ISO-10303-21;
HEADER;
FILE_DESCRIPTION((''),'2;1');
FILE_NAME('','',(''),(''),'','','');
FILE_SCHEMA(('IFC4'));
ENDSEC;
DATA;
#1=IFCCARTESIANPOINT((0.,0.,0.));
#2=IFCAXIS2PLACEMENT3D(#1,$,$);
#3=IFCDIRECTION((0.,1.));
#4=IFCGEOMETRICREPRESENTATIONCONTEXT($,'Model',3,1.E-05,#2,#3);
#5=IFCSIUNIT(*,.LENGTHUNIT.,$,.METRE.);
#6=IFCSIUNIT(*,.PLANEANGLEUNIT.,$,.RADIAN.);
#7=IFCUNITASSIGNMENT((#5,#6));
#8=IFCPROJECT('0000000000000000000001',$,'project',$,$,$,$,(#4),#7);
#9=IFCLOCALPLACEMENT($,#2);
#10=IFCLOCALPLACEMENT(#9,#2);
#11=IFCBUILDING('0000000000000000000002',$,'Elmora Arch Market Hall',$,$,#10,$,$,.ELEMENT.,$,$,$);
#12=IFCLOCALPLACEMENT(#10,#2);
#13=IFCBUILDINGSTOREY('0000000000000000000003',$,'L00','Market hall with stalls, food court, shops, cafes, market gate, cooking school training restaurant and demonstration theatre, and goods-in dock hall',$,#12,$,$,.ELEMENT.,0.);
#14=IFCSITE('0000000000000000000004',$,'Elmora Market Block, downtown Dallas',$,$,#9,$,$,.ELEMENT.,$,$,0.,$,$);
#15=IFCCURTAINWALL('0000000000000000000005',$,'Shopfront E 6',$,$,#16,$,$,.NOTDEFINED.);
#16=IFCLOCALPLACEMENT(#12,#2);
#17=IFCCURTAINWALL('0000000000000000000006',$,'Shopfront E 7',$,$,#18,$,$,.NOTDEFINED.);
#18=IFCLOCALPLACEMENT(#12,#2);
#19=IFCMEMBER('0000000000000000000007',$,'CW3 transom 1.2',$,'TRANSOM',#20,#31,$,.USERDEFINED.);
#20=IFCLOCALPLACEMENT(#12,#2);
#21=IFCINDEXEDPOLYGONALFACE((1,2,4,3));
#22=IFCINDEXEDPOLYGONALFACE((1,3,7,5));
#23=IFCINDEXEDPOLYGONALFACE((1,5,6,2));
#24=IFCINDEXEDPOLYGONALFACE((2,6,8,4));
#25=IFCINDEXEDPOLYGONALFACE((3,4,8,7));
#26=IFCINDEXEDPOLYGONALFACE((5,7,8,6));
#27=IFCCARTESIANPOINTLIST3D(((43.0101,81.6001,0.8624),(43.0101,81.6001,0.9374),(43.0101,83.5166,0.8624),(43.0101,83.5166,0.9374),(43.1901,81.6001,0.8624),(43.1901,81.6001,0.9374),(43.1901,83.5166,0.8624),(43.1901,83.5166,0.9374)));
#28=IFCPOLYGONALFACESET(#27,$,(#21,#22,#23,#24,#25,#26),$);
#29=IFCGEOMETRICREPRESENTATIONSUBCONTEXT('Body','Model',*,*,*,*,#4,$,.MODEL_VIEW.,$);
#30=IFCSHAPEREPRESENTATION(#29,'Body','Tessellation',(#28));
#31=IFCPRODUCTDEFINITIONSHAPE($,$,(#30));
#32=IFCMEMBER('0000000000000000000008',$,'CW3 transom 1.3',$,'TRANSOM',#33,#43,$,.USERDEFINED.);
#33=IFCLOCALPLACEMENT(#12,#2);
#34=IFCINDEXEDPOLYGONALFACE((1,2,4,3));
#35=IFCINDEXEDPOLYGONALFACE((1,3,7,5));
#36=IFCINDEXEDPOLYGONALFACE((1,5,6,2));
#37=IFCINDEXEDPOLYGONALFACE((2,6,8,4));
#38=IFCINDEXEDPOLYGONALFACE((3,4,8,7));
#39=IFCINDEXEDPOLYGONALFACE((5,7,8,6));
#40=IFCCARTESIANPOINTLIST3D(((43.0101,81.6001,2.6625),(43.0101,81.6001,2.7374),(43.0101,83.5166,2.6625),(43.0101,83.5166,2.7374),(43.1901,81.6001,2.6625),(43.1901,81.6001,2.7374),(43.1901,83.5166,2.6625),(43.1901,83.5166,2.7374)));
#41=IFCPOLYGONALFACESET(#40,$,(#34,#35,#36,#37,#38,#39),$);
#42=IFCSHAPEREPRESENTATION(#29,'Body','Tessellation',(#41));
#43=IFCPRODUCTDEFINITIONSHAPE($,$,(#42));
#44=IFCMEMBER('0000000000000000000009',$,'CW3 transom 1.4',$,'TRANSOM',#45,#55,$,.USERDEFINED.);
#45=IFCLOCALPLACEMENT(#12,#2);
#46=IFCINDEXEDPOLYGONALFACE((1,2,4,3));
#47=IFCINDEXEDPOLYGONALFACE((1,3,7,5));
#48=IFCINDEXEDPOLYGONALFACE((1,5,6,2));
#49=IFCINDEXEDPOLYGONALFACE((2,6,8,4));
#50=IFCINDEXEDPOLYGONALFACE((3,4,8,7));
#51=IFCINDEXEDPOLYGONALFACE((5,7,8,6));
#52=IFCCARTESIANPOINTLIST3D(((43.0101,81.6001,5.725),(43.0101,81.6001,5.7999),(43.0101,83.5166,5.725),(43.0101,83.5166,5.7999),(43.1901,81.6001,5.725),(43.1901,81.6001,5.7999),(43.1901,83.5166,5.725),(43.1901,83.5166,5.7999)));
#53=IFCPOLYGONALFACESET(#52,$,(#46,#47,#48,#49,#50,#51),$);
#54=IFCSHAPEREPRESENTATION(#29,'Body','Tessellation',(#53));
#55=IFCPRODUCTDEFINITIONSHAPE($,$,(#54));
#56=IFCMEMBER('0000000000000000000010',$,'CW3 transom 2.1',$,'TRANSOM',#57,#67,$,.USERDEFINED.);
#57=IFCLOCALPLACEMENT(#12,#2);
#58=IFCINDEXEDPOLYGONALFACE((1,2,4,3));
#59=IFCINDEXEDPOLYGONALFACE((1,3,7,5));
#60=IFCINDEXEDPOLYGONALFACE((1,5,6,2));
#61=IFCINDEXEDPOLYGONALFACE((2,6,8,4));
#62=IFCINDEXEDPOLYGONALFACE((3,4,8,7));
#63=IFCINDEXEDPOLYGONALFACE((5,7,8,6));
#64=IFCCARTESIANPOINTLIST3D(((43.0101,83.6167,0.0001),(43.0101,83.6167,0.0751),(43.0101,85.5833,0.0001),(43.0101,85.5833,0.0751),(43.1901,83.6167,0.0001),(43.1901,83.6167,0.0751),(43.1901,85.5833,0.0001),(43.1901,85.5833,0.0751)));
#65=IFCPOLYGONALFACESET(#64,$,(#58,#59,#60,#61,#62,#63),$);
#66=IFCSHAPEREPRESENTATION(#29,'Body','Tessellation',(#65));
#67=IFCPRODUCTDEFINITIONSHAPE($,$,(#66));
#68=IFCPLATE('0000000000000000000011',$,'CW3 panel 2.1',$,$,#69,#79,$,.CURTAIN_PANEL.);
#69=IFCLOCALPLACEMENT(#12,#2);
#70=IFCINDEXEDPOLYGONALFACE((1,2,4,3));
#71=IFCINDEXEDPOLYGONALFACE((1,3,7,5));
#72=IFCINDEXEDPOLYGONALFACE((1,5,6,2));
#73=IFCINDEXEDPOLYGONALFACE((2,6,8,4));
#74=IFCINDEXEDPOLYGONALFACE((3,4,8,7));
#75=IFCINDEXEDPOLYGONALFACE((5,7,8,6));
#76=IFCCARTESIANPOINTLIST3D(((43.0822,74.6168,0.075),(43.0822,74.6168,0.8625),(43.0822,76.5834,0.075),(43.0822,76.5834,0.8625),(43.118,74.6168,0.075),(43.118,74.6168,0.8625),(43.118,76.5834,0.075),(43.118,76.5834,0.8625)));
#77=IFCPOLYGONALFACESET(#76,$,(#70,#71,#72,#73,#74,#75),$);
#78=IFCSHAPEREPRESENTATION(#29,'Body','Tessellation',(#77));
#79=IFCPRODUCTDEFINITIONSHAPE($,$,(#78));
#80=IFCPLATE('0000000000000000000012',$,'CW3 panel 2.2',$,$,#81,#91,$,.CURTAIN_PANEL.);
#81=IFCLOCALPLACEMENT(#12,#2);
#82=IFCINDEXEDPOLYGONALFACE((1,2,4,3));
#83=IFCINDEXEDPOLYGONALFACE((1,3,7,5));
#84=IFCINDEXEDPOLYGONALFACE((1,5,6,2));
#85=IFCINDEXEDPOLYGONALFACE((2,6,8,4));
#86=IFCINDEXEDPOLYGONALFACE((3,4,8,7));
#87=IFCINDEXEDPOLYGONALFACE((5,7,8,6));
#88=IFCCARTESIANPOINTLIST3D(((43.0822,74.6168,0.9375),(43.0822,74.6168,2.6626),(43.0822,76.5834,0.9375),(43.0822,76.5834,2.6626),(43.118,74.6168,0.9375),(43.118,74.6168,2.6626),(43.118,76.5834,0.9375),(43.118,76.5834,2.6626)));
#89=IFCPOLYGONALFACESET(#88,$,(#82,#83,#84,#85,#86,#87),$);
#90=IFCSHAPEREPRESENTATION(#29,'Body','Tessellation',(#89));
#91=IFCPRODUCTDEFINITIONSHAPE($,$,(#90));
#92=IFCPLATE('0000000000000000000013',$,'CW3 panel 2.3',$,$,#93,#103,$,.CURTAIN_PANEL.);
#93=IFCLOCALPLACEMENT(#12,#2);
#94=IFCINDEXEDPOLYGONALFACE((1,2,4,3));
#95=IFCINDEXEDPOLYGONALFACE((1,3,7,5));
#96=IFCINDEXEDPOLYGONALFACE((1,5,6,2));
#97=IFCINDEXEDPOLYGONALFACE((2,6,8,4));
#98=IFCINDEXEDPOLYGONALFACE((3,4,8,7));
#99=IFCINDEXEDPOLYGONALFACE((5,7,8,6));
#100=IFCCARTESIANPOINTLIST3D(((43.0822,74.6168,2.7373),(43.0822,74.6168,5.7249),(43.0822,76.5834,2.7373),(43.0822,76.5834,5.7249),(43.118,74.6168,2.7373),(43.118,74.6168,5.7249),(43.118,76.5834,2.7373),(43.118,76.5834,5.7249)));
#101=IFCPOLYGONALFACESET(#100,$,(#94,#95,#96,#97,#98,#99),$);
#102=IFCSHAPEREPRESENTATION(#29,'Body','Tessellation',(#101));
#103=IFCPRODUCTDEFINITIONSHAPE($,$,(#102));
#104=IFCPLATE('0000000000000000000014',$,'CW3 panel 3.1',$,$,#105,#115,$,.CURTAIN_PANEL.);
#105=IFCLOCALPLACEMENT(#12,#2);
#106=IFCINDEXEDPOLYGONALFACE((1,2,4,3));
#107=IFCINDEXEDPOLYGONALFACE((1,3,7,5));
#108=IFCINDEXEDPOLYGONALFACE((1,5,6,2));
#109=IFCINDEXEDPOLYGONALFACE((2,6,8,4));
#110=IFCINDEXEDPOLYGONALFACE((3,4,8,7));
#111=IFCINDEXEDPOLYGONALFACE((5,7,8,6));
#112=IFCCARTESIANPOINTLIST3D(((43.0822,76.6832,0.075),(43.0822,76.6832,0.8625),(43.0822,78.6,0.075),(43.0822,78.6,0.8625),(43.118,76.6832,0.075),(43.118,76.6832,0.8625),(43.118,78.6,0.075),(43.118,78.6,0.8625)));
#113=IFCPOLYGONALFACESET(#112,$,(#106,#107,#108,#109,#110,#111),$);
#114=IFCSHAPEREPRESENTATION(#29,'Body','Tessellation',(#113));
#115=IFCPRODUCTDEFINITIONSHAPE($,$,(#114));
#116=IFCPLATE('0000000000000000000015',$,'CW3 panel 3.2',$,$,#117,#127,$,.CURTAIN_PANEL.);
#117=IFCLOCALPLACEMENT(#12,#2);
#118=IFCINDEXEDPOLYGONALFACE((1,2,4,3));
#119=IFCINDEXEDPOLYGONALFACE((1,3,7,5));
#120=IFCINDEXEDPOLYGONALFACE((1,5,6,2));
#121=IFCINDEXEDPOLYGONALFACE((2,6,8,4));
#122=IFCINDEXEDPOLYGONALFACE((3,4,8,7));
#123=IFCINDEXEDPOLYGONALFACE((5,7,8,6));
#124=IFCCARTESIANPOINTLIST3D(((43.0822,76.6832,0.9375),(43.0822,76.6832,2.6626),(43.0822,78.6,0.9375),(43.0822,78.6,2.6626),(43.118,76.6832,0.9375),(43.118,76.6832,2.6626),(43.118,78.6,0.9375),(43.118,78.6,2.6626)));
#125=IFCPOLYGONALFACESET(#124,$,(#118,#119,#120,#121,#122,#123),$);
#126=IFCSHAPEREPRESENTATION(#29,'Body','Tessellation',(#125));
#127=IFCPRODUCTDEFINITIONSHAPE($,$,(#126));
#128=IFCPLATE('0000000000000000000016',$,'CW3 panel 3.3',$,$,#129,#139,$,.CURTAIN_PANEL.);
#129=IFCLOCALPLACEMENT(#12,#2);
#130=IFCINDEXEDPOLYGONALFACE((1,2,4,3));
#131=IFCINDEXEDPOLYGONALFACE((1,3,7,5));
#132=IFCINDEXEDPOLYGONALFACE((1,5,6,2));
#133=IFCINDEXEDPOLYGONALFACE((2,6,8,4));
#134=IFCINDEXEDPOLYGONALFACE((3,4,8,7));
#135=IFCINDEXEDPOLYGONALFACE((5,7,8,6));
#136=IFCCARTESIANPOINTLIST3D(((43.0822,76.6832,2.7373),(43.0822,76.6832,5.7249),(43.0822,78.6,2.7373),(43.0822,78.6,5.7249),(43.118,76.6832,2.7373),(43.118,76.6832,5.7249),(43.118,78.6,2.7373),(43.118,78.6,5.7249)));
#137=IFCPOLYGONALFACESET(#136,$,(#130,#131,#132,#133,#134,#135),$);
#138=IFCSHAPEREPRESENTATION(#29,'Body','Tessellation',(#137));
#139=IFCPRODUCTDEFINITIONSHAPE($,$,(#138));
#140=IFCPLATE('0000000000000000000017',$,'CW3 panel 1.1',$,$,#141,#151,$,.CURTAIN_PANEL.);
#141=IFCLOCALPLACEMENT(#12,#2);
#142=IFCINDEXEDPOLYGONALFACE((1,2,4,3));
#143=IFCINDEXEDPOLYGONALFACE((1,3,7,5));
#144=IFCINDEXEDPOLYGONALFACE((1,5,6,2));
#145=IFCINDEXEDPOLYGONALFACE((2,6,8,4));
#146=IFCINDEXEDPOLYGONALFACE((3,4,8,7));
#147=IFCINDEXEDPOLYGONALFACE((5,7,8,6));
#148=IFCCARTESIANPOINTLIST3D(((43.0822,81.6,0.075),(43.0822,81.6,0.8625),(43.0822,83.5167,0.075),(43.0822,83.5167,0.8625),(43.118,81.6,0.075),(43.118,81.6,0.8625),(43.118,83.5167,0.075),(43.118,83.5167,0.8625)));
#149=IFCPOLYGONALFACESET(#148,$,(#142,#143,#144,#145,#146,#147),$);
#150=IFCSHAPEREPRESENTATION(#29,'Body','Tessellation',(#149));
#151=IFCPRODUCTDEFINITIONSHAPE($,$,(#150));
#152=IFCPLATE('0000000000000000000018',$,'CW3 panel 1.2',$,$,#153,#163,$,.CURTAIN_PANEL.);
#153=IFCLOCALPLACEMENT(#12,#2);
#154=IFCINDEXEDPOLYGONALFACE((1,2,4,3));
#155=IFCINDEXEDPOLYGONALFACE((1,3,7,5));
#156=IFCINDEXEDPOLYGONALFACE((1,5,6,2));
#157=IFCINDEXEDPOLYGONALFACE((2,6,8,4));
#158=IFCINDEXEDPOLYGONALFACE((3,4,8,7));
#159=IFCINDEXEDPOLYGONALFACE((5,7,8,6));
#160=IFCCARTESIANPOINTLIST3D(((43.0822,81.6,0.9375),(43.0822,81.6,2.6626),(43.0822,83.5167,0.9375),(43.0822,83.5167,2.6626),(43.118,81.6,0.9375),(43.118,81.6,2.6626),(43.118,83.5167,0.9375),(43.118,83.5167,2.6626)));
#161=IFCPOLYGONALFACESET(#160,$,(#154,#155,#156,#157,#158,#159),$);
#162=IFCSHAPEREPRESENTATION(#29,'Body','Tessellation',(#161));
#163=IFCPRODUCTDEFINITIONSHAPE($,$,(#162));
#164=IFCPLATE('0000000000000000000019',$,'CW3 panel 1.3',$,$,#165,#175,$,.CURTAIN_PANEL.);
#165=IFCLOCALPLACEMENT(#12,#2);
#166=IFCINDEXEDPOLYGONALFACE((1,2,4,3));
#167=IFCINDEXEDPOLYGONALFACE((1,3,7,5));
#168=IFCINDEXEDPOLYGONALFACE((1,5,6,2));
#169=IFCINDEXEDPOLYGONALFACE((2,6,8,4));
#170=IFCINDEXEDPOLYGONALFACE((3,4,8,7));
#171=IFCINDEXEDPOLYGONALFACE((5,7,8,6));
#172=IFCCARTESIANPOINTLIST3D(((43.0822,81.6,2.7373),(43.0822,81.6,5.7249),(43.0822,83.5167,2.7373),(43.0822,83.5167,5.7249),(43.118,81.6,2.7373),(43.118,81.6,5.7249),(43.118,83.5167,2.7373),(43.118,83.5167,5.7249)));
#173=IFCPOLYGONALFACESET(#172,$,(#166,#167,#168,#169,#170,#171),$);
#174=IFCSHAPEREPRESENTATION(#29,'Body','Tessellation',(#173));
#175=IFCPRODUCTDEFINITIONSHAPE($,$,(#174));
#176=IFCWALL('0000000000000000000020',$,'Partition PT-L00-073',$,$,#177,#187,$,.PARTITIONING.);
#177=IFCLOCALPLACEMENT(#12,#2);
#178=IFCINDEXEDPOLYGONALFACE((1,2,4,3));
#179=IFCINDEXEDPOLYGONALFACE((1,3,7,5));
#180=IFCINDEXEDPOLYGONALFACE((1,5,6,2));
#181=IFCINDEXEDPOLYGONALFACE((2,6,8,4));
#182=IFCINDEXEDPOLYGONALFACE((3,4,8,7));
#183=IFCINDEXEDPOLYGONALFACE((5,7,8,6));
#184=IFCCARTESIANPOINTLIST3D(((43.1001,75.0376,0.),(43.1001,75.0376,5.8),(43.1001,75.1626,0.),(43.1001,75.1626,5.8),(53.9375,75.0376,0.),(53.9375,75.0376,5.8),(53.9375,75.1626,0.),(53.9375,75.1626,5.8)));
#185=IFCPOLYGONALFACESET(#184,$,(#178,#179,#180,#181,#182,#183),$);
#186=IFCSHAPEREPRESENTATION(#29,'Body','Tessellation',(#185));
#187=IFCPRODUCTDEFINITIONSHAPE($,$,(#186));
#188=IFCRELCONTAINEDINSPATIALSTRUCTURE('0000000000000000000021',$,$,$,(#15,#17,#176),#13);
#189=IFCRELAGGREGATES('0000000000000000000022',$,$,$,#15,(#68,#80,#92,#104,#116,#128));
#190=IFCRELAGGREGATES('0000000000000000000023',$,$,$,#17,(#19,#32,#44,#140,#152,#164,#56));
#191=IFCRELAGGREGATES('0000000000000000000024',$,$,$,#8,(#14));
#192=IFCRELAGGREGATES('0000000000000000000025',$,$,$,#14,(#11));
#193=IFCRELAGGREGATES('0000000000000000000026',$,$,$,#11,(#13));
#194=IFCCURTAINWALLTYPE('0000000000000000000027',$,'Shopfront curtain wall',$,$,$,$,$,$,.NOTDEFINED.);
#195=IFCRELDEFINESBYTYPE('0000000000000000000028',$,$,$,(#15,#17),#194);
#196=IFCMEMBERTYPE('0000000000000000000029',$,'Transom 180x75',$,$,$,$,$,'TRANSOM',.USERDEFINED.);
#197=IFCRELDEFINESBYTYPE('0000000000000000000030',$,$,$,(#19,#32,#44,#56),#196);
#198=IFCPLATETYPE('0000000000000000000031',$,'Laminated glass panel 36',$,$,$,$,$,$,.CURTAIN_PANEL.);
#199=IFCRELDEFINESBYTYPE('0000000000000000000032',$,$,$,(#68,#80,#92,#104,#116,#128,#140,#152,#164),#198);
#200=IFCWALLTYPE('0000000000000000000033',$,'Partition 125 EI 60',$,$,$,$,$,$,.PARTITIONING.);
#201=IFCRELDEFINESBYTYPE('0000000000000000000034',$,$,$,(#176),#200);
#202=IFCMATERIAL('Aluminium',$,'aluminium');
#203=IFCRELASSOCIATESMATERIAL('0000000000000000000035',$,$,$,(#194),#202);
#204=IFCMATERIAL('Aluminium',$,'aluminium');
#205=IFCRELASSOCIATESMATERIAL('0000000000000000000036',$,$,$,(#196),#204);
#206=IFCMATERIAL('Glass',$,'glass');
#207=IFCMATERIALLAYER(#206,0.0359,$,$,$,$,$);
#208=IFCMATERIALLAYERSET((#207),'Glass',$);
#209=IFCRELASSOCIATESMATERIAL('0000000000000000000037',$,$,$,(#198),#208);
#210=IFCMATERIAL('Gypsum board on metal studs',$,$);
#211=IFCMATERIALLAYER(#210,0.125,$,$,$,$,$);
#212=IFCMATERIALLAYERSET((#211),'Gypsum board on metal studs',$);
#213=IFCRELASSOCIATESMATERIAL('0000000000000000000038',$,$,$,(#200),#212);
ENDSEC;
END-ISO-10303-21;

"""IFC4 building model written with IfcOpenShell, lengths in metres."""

from ifc_helpers import new_model, si_unit, direction, frame, frame_2d, origin, origin_2d, place, context, subcontext, project, spatial, rectangle, extrude, material, layer, layer_set, material_profile, profile_set, type_object, element, aggregate, save


model = new_model("IFC4")

# Units and contexts
model_context = context("Model", 3, precision=1e-05, world=origin(), true_north=direction((0.0, 1.0)))
body_context = subcontext(model_context, "Body", "Model", "MODEL_VIEW")
ifc_project = project(units=[si_unit("LENGTHUNIT", "METRE"), si_unit("PLANEANGLEUNIT", "RADIAN")], contexts=[model_context])

# Site, building, storey
site_placement = place(None, origin())
site = spatial("IfcSite", under=ifc_project, at=site_placement, Name="Elmora Market Block, downtown Dallas", CompositionType="ELEMENT", RefElevation=0.0)
building_placement = place(site_placement, origin())
building = spatial("IfcBuilding", under=site, at=building_placement, Name="Elmora Arch Market Hall", CompositionType="ELEMENT")
storey_placement = place(building_placement, origin())
storey = spatial("IfcBuildingStorey", under=building, at=storey_placement, Name="L00", Description="Market hall with stalls, food court, shops, cafes, market gate, cooking school training restaurant and demonstration theatre, and goods-in dock hall", CompositionType="ELEMENT", Elevation=0.0)

# Curtain walls
ifc_material_1 = material(Name="Aluminium", Category="aluminium")
curtain_wall_type = type_object("IfcCurtainWallType", Name="Shopfront curtain wall", PredefinedType="NOTDEFINED", material=ifc_material_1)
curtain_wall_1_placement = place(storey_placement, origin())
curtain_wall_1 = element("IfcCurtainWall", 1, at=curtain_wall_1_placement, inside=storey, type_object=curtain_wall_type, Name="Shopfront E 6", PredefinedType="NOTDEFINED")
curtain_wall_2_placement = place(storey_placement, origin())
curtain_wall_2 = element("IfcCurtainWall", 2, at=curtain_wall_2_placement, inside=storey, type_object=curtain_wall_type, Name="Shopfront E 7", PredefinedType="NOTDEFINED")

# Members
ifc_material_2 = material(Name="Aluminium", Category="aluminium")
ifc_material_profile_1 = material_profile(ifc_material_2, rectangle(XDim=0.1799, YDim=0.075, at=origin_2d()), Name="AL 180x75")
ifc_profile_set_1 = profile_set([ifc_material_profile_1], Name="Aluminium")
member_type_1 = type_object("IfcMemberType", Name="Transom 180x75", ElementType="TRANSOM", PredefinedType="USERDEFINED", material=ifc_profile_set_1)
member_1_placement = place(storey_placement, frame((43.1001, 81.6001, 0.8999), z_axis=(0.0, 1.0, 0.0), x_axis=(-1.0, 0.0, 0.0)))
member_1 = element("IfcMember", 3, at=member_1_placement, type_object=member_type_1, Name="CW3 transom 1.2", ObjectType="TRANSOM", PredefinedType="USERDEFINED", context=body_context, shape_type="SweptSolid", body=[
    extrude(rectangle(XDim=0.1799, YDim=0.075, at=origin_2d()), origin(), (0.0, 0.0, 1.0), 1.9165),
])
member_2_placement = place(storey_placement, frame((43.1001, 81.6001, 2.7), z_axis=(0.0, 1.0, 0.0), x_axis=(-1.0, 0.0, 0.0)))
member_2 = element("IfcMember", 4, at=member_2_placement, type_object=member_type_1, Name="CW3 transom 1.3", ObjectType="TRANSOM", PredefinedType="USERDEFINED", context=body_context, shape_type="SweptSolid", body=[
    extrude(rectangle(XDim=0.1799, YDim=0.075, at=origin_2d()), origin(), (0.0, 0.0, 1.0), 1.9165),
])
member_3_placement = place(storey_placement, frame((43.1001, 81.6001, 5.7625), z_axis=(0.0, 1.0, 0.0), x_axis=(-1.0, 0.0, 0.0)))
member_3 = element("IfcMember", 5, at=member_3_placement, type_object=member_type_1, Name="CW3 transom 1.4", ObjectType="TRANSOM", PredefinedType="USERDEFINED", context=body_context, shape_type="SweptSolid", body=[
    extrude(rectangle(XDim=0.1799, YDim=0.075, at=origin_2d()), origin(), (0.0, 0.0, 1.0), 1.9165),
])
member_4_placement = place(storey_placement, frame((43.1001, 83.6167, 0.0376), z_axis=(0.0, 1.0, 0.0), x_axis=(-1.0, 0.0, 0.0)))
member_4 = element("IfcMember", 6, at=member_4_placement, type_object=member_type_1, Name="CW3 transom 2.1", ObjectType="TRANSOM", PredefinedType="USERDEFINED", context=body_context, shape_type="SweptSolid", body=[
    extrude(rectangle(XDim=0.1799, YDim=0.075, at=origin_2d()), origin(), (0.0, 0.0, 1.0), 1.9666),
])

# Plates
ifc_material_3 = material(Name="Glass", Category="glass")
ifc_layer_1 = layer(ifc_material_3, 0.0359)
ifc_layer_set_1 = layer_set([ifc_layer_1], Name="Glass")
plate_type = type_object("IfcPlateType", Name="Laminated glass panel 36", PredefinedType="CURTAIN_PANEL", material=ifc_layer_set_1)
plate_1_placement = place(storey_placement, frame((43.1001, 75.6001, 0.075), z_axis=(0.0, 0.0, 1.0), x_axis=(0.0, 1.0, 0.0)))
plate_1 = element("IfcPlate", 7, at=plate_1_placement, type_object=plate_type, Name="CW3 panel 2.1", PredefinedType="CURTAIN_PANEL", context=body_context, shape_type="SweptSolid", body=[
    extrude(rectangle(XDim=1.9666, YDim=0.0359, at=origin_2d()), origin(), (0.0, 0.0, 1.0), 0.7876),
])
plate_2_placement = place(storey_placement, frame((43.1001, 75.6001, 0.9375), z_axis=(0.0, 0.0, 1.0), x_axis=(0.0, 1.0, 0.0)))
plate_2 = element("IfcPlate", 8, at=plate_2_placement, type_object=plate_type, Name="CW3 panel 2.2", PredefinedType="CURTAIN_PANEL", context=body_context, shape_type="SweptSolid", body=[
    extrude(rectangle(XDim=1.9666, YDim=0.0359, at=origin_2d()), origin(), (0.0, 0.0, 1.0), 1.7251),
])
plate_3_placement = place(storey_placement, frame((43.1001, 75.6001, 2.7373), z_axis=(0.0, 0.0, 1.0), x_axis=(0.0, 1.0, 0.0)))
plate_3 = element("IfcPlate", 9, at=plate_3_placement, type_object=plate_type, Name="CW3 panel 2.3", PredefinedType="CURTAIN_PANEL", context=body_context, shape_type="SweptSolid", body=[
    extrude(rectangle(XDim=1.9666, YDim=0.0359, at=origin_2d()), origin(), (0.0, 0.0, 1.0), 2.9875),
])
plate_4_placement = place(storey_placement, frame((43.1001, 77.6416, 0.075), z_axis=(0.0, 0.0, 1.0), x_axis=(0.0, 1.0, 0.0)))
plate_4 = element("IfcPlate", 10, at=plate_4_placement, type_object=plate_type, Name="CW3 panel 3.1", PredefinedType="CURTAIN_PANEL", context=body_context, shape_type="SweptSolid", body=[
    extrude(rectangle(XDim=1.9167, YDim=0.0359, at=origin_2d()), origin(), (0.0, 0.0, 1.0), 0.7876),
])
plate_5_placement = place(storey_placement, frame((43.1001, 77.6416, 0.9375), z_axis=(0.0, 0.0, 1.0), x_axis=(0.0, 1.0, 0.0)))
plate_5 = element("IfcPlate", 11, at=plate_5_placement, type_object=plate_type, Name="CW3 panel 3.2", PredefinedType="CURTAIN_PANEL", context=body_context, shape_type="SweptSolid", body=[
    extrude(rectangle(XDim=1.9167, YDim=0.0359, at=origin_2d()), origin(), (0.0, 0.0, 1.0), 1.7251),
])
plate_6_placement = place(storey_placement, frame((43.1001, 77.6416, 2.7373), z_axis=(0.0, 0.0, 1.0), x_axis=(0.0, 1.0, 0.0)))
plate_6 = element("IfcPlate", 12, at=plate_6_placement, type_object=plate_type, Name="CW3 panel 3.3", PredefinedType="CURTAIN_PANEL", context=body_context, shape_type="SweptSolid", body=[
    extrude(rectangle(XDim=1.9167, YDim=0.0359, at=origin_2d()), origin(), (0.0, 0.0, 1.0), 2.9875),
])
aggregate(curtain_wall_1, [plate_1, plate_2, plate_3, plate_4, plate_5, plate_6])
plate_7_placement = place(storey_placement, frame((43.1001, 82.5583, 0.075), z_axis=(0.0, 0.0, 1.0), x_axis=(0.0, 1.0, 0.0)))
plate_7 = element("IfcPlate", 13, at=plate_7_placement, type_object=plate_type, Name="CW3 panel 1.1", PredefinedType="CURTAIN_PANEL", context=body_context, shape_type="SweptSolid", body=[
    extrude(rectangle(XDim=1.9167, YDim=0.0359, at=origin_2d()), origin(), (0.0, 0.0, 1.0), 0.7876),
])
plate_8_placement = place(storey_placement, frame((43.1001, 82.5583, 0.9375), z_axis=(0.0, 0.0, 1.0), x_axis=(0.0, 1.0, 0.0)))
plate_8 = element("IfcPlate", 14, at=plate_8_placement, type_object=plate_type, Name="CW3 panel 1.2", PredefinedType="CURTAIN_PANEL", context=body_context, shape_type="SweptSolid", body=[
    extrude(rectangle(XDim=1.9167, YDim=0.0359, at=origin_2d()), origin(), (0.0, 0.0, 1.0), 1.7251),
])
plate_9_placement = place(storey_placement, frame((43.1001, 82.5583, 2.7373), z_axis=(0.0, 0.0, 1.0), x_axis=(0.0, 1.0, 0.0)))
plate_9 = element("IfcPlate", 15, at=plate_9_placement, type_object=plate_type, Name="CW3 panel 1.3", PredefinedType="CURTAIN_PANEL", context=body_context, shape_type="SweptSolid", body=[
    extrude(rectangle(XDim=1.9167, YDim=0.0359, at=origin_2d()), origin(), (0.0, 0.0, 1.0), 2.9875),
])
aggregate(curtain_wall_2, [member_1, member_2, member_3, plate_7, plate_8, plate_9, member_4])

# Wall
ifc_material_4 = material(Name="Gypsum board on metal studs")
ifc_layer_2 = layer(ifc_material_4, 0.125)
ifc_layer_set_2 = layer_set([ifc_layer_2], Name="Gypsum board on metal studs")
wall_type_1 = type_object("IfcWallType", Name="Partition 125 EI 60", PredefinedType="PARTITIONING", material=ifc_layer_set_2)
wall_1_placement = place(storey_placement, frame((43.1001, 75.1001, 0.0), z_axis=(0.0, 0.0, 1.0), x_axis=(1.0, 0.0, 0.0)))
element("IfcWall", 16, at=wall_1_placement, inside=storey, type_object=wall_type_1, Name="Partition PT-L00-073", PredefinedType="PARTITIONING", context=body_context, shape_type="SweptSolid", body=[
    extrude(rectangle(XDim=10.8374, YDim=0.125, at=frame_2d((5.4187, 0.0))), origin(), (0.0, 0.0, 1.0), 5.8),
])

save(model, "model.ifc")
